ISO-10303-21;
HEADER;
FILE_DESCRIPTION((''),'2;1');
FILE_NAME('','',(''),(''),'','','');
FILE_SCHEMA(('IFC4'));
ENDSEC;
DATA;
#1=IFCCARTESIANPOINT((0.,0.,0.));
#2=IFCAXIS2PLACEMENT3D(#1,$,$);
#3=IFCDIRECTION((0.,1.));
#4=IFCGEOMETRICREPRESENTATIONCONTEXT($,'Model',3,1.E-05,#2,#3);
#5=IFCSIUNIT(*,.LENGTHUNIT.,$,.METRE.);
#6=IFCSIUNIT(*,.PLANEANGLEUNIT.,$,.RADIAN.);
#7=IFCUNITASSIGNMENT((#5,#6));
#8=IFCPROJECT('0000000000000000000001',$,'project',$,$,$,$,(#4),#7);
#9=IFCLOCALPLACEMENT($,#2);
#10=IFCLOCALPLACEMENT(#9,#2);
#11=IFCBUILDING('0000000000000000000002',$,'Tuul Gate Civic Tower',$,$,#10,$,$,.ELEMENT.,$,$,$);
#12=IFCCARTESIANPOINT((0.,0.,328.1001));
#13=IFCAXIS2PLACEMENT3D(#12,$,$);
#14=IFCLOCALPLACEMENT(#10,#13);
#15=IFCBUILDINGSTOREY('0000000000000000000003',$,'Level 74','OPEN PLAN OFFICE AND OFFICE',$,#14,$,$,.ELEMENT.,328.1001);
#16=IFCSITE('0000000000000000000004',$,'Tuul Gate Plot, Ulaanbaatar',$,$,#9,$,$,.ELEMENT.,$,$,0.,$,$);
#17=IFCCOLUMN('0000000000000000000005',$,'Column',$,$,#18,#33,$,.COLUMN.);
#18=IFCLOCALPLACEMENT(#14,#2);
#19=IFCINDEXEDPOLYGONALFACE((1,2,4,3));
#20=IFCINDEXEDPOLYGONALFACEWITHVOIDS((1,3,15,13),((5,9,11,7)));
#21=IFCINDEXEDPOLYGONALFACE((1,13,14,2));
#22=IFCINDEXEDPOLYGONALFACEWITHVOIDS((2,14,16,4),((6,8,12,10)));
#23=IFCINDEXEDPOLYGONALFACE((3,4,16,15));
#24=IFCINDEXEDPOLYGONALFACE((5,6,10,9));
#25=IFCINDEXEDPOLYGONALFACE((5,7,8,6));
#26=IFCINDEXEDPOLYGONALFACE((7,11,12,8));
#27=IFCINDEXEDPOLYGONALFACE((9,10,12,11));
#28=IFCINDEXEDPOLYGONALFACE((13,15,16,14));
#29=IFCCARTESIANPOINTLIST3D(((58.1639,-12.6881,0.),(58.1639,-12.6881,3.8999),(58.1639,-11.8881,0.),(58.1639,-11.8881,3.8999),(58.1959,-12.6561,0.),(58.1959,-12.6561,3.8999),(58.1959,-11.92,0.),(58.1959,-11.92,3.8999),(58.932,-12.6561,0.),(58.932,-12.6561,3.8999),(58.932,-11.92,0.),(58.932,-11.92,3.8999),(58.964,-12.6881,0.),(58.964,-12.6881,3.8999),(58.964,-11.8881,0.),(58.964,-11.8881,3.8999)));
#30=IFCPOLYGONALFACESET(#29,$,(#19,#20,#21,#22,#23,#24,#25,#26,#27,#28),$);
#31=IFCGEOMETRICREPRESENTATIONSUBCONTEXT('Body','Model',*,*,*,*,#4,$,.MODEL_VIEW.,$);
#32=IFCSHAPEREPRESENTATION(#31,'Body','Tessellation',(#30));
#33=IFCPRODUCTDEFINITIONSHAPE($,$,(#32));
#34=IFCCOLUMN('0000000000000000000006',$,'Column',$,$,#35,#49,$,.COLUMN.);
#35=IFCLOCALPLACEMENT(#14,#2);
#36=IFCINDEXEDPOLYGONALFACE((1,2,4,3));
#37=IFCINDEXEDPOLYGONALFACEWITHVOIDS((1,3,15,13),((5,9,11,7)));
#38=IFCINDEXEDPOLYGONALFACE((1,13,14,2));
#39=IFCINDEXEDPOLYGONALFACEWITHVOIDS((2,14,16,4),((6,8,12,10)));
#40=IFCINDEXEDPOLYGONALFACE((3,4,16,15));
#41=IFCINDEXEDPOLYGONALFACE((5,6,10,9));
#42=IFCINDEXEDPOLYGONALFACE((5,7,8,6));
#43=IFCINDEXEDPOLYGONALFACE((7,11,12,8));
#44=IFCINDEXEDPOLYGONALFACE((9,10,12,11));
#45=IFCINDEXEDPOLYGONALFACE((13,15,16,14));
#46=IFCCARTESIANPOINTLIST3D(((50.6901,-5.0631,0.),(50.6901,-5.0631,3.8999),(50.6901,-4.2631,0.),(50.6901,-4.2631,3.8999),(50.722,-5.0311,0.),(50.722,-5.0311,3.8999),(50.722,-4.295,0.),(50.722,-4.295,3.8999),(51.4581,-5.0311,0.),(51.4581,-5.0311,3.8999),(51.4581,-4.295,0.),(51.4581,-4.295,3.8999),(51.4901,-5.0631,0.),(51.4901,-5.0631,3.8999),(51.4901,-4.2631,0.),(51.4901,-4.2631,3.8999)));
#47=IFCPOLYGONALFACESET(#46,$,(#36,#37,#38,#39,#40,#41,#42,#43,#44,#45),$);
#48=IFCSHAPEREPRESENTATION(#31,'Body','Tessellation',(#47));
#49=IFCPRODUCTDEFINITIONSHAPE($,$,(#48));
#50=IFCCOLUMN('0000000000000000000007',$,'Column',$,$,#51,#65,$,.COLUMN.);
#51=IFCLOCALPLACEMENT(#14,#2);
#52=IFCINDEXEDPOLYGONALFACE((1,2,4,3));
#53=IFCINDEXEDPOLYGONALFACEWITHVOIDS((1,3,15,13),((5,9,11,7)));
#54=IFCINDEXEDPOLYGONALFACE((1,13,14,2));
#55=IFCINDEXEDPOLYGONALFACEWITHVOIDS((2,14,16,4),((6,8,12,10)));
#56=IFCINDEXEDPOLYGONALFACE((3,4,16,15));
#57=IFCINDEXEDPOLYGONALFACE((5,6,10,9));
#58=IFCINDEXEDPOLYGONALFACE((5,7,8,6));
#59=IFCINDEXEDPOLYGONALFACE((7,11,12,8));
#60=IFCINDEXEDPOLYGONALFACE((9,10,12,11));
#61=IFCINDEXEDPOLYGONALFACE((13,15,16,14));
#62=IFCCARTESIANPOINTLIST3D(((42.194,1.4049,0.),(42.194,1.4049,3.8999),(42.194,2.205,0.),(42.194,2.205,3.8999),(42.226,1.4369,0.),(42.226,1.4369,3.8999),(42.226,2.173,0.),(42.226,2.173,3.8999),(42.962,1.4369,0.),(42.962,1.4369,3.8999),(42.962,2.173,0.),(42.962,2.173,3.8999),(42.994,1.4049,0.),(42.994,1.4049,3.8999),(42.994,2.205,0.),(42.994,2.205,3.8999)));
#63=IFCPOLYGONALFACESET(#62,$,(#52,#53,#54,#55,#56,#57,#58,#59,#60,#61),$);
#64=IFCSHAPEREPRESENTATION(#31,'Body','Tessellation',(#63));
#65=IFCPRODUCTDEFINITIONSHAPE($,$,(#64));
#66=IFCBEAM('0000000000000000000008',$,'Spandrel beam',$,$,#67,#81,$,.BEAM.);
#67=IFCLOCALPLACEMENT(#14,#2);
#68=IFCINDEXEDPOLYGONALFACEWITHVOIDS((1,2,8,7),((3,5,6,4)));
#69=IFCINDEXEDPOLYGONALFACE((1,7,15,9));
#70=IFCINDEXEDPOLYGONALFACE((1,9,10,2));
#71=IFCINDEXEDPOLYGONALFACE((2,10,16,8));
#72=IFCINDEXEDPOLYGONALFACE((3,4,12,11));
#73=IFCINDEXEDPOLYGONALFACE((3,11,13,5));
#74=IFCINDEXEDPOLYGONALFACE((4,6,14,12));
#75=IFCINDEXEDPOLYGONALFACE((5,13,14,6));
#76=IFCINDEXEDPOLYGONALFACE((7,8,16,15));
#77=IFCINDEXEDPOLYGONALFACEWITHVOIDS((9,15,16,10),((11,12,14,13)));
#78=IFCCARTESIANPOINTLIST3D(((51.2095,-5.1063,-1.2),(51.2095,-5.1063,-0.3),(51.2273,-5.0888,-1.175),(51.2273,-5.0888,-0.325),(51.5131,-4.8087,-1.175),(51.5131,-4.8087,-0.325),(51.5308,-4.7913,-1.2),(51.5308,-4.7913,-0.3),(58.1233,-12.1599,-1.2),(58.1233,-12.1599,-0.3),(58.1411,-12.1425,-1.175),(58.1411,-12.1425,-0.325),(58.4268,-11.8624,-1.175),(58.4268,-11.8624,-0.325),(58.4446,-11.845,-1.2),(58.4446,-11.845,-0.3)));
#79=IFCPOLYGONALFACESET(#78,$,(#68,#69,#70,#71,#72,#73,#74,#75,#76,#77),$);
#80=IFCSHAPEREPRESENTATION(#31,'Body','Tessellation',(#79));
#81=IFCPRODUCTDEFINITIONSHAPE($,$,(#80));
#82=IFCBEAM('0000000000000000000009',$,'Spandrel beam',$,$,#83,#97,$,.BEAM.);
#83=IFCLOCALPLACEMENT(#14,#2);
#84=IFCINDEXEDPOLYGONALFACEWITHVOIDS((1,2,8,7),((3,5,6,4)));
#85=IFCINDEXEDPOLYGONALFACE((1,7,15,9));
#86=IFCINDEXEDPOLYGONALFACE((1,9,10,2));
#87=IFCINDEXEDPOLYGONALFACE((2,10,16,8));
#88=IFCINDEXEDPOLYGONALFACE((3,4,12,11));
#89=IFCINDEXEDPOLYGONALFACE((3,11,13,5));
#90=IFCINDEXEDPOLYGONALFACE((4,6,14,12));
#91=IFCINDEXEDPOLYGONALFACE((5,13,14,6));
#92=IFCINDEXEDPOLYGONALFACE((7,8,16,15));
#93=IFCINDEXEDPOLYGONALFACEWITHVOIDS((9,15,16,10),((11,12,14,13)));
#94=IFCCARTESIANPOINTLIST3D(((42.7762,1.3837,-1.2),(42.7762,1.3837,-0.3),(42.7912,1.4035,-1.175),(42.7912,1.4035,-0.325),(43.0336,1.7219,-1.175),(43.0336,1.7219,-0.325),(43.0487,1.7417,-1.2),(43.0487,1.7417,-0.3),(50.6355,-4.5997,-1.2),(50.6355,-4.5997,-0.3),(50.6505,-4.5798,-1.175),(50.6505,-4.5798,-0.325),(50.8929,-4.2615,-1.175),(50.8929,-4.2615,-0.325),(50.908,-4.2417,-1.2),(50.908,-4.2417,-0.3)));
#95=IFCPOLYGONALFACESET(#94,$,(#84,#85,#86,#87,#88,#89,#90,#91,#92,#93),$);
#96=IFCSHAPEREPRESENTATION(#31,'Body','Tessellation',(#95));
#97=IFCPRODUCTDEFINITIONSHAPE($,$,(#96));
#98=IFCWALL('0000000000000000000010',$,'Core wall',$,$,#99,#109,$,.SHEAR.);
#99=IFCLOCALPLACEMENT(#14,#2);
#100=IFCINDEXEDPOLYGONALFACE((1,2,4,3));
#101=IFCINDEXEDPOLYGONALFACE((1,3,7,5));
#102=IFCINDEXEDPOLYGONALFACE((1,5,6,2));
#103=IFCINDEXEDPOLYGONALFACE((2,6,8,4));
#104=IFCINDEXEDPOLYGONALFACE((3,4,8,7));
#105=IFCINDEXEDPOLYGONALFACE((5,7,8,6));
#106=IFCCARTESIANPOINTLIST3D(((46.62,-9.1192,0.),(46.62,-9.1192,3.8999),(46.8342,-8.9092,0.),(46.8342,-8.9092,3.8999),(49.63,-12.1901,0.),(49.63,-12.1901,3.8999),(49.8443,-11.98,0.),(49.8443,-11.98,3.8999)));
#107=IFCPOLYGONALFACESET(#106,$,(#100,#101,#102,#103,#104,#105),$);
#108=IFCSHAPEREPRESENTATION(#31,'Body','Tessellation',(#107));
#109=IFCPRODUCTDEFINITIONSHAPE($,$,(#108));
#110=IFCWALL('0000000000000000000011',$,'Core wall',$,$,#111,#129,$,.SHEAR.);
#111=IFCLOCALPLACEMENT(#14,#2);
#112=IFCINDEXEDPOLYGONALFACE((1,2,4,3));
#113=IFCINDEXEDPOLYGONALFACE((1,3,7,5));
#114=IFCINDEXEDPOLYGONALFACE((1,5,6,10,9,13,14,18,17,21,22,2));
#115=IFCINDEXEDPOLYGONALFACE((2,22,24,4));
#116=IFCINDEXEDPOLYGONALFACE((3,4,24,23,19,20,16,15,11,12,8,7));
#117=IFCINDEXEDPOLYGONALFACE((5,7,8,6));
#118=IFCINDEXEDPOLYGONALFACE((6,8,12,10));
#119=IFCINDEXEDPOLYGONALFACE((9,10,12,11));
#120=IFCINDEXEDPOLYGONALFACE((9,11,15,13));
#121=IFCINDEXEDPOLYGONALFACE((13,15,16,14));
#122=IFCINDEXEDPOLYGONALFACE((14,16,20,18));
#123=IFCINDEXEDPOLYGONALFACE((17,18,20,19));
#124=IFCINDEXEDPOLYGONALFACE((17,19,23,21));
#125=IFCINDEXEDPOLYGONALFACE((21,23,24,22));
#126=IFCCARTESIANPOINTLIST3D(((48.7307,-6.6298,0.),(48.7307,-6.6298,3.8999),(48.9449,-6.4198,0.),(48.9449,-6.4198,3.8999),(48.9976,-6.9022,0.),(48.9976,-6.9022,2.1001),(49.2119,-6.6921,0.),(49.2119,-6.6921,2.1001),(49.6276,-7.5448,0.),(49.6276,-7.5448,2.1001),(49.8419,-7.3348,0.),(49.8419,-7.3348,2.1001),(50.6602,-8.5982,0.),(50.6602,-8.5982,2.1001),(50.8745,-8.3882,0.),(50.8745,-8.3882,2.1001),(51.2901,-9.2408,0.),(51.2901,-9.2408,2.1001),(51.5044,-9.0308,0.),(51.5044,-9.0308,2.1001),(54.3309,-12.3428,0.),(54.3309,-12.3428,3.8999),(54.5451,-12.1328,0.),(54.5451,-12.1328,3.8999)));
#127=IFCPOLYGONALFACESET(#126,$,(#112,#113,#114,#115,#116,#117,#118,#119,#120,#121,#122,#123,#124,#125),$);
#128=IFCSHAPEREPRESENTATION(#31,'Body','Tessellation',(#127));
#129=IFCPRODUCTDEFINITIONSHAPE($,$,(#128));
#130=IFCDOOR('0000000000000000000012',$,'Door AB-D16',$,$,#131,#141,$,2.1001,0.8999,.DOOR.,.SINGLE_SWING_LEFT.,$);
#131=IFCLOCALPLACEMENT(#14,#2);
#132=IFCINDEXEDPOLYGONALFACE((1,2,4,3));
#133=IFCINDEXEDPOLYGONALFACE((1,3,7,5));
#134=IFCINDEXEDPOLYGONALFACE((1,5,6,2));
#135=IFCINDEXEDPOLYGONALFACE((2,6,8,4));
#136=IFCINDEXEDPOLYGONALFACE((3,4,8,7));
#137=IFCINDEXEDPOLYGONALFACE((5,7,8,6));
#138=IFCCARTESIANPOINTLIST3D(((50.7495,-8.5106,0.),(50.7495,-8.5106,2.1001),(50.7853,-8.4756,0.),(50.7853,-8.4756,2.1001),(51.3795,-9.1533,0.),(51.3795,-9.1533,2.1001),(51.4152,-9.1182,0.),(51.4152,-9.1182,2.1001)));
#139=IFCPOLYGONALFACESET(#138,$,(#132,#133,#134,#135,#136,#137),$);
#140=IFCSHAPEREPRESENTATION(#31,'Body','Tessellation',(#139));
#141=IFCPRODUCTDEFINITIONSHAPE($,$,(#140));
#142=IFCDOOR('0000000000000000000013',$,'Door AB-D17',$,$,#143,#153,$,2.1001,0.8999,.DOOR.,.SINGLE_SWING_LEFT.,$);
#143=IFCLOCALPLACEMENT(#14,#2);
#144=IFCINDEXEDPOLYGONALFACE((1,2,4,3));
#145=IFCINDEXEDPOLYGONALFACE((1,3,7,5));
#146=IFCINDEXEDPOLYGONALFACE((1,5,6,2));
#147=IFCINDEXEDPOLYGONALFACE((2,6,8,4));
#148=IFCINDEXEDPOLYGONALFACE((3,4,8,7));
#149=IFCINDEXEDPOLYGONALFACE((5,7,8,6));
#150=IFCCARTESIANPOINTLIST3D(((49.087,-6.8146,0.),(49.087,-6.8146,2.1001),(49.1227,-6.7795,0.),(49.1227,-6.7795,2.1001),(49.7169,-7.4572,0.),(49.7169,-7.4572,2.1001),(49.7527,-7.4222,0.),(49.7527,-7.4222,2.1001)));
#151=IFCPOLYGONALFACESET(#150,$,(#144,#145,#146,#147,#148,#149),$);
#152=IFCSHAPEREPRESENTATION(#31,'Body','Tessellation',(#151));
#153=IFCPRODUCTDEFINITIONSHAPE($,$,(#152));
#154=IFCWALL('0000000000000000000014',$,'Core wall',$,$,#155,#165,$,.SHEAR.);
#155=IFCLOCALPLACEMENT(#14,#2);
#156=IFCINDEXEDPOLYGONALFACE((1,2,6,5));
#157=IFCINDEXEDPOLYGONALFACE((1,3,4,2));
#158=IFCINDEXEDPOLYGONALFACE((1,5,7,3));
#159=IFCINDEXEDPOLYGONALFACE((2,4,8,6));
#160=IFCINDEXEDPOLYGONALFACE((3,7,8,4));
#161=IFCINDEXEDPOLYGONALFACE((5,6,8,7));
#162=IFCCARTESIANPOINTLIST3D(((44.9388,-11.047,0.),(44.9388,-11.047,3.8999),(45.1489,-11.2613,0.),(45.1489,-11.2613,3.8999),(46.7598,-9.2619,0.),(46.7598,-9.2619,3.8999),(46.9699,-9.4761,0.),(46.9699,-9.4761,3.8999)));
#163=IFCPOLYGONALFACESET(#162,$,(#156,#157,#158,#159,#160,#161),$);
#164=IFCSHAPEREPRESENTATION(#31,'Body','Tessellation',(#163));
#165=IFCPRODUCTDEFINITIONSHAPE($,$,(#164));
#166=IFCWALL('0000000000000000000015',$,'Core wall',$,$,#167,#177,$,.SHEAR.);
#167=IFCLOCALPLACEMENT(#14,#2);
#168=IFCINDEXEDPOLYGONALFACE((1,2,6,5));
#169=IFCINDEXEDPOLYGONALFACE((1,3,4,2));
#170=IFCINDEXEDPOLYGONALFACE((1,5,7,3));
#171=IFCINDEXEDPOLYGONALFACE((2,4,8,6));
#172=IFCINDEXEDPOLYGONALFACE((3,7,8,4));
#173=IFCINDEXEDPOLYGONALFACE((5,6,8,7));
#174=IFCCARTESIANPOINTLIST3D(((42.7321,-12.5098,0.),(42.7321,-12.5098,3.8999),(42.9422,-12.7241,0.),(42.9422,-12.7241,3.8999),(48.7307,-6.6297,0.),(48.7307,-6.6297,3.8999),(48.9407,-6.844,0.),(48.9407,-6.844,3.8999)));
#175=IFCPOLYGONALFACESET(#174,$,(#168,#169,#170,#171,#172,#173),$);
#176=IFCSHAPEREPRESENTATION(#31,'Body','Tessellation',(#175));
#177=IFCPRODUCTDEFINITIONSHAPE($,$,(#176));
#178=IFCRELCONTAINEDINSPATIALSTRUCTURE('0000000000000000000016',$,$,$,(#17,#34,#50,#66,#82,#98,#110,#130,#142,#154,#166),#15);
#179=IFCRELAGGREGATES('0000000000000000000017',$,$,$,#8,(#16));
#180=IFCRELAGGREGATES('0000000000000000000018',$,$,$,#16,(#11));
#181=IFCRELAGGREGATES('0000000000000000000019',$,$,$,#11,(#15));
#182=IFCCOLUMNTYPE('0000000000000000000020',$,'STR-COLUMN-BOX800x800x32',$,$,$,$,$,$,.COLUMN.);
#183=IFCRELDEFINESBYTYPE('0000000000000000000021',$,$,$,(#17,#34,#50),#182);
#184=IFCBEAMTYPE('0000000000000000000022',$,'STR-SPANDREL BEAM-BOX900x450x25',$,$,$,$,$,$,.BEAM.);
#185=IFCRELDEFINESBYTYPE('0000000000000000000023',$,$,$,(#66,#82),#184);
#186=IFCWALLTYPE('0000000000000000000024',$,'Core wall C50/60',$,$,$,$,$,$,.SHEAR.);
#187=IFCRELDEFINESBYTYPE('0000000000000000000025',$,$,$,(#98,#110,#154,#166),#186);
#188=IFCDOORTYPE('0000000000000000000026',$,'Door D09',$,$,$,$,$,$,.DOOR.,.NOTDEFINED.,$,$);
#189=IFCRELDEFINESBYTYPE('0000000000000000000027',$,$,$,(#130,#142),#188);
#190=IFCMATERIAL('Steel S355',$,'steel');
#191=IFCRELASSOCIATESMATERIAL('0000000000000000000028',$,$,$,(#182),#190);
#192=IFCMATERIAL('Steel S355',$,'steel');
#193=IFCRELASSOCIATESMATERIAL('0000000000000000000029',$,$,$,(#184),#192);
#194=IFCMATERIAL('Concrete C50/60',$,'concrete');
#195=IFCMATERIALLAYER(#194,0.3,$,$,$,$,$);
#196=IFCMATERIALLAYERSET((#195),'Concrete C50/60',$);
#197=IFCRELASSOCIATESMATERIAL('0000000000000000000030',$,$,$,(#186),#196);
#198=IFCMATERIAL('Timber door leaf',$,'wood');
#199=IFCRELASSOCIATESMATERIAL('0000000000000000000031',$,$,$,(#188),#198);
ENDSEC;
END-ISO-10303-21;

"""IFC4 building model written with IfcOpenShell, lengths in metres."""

from ifc_helpers import new_model, si_unit, direction, frame, frame_2d, origin, origin_2d, place, context, subcontext, project, spatial, rectangle, hollow_rectangle, extrude, material, layer, layer_set, material_profile, profile_set, type_object, element, fill, save


model = new_model("IFC4")

# Units and contexts
model_context = context("Model", 3, precision=1e-05, world=origin(), true_north=direction((0.0, 1.0)))
body_context = subcontext(model_context, "Body", "Model", "MODEL_VIEW")
ifc_project = project(units=[si_unit("LENGTHUNIT", "METRE"), si_unit("PLANEANGLEUNIT", "RADIAN")], contexts=[model_context])

# Site, building, storey
site_placement = place(None, origin())
site = spatial("IfcSite", under=ifc_project, at=site_placement, Name="Tuul Gate Plot, Ulaanbaatar", CompositionType="ELEMENT", RefElevation=0.0)
building_placement = place(site_placement, origin())
building = spatial("IfcBuilding", under=site, at=building_placement, Name="Tuul Gate Civic Tower", CompositionType="ELEMENT")
storey_placement = place(building_placement, frame((0.0, 0.0, 328.1001)))
storey = spatial("IfcBuildingStorey", under=building, at=storey_placement, Name="Level 74", Description="OPEN PLAN OFFICE AND OFFICE", CompositionType="ELEMENT", Elevation=328.1001)

# Columns
ifc_material_1 = material(Name="Steel S355", Category="steel")
ifc_material_profile_1 = material_profile(ifc_material_1, hollow_rectangle(XDim=0.8, YDim=0.8, WallThickness=0.032, at=origin_2d()), Name="BOX800x800x32")
ifc_profile_set_1 = profile_set([ifc_material_profile_1], Name="Steel S355")
column_type = type_object("IfcColumnType", Name="STR-COLUMN-BOX800x800x32", PredefinedType="COLUMN", material=ifc_profile_set_1)
for number, where, z_axis, x_axis, name in (
    (1, (58.564, -12.2881, 0.0), (0.0, 0.0, 1.0), (1.0, 0.0, 0.0), "Column"),
    (2, (51.0901, -4.6631, 0.0), (0.0, 0.0, 1.0), (1.0, 0.0, 0.0), "Column"),
    (3, (42.594, 1.8049, 0.0), (0.0, 0.0, 1.0), (1.0, 0.0, 0.0), "Column"),
):
    element("IfcColumn", number, at=place(storey_placement, frame(where, z_axis=z_axis, x_axis=x_axis)), inside=storey, type_object=column_type, Name=name, PredefinedType="COLUMN", context=body_context, shape_type="SweptSolid", body=[
        extrude(hollow_rectangle(XDim=0.8, YDim=0.8, WallThickness=0.032, at=origin_2d()), origin(), (0.0, 0.0, 1.0), 3.8999),
    ])

# Beams
ifc_material_2 = material(Name="Steel S355", Category="steel")
ifc_material_profile_2 = material_profile(ifc_material_2, hollow_rectangle(XDim=0.45, YDim=0.8999, WallThickness=0.0249, at=origin_2d()), Name="BOX900x450x25")
ifc_profile_set_2 = profile_set([ifc_material_profile_2], Name="Steel S355")
beam_type = type_object("IfcBeamType", Name="STR-SPANDREL BEAM-BOX900x450x25", PredefinedType="BEAM", material=ifc_profile_set_2)
beam_1_placement = place(storey_placement, frame((58.2839, -12.0024, -0.75), z_axis=(-0.69999, 0.714153, 0.0), x_axis=(-0.714153, -0.69999, 0.0)))
element("IfcBeam", 4, at=beam_1_placement, inside=storey, type_object=beam_type, Name="Spandrel beam", PredefinedType="BEAM", context=body_context, shape_type="SweptSolid", body=[
    extrude(hollow_rectangle(XDim=0.45, YDim=0.8999, WallThickness=0.0249, at=origin_2d()), origin(), (0.0, 0.0, 1.0), 9.877),
])
beam_2_placement = place(storey_placement, frame((50.7717, -4.4207, -0.75), z_axis=(-0.795661, 0.605742, 0.0), x_axis=(-0.605742, -0.795661, 0.0)))
element("IfcBeam", 5, at=beam_2_placement, inside=storey, type_object=beam_type, Name="Spandrel beam", PredefinedType="BEAM", context=body_context, shape_type="SweptSolid", body=[
    extrude(hollow_rectangle(XDim=0.45, YDim=0.8999, WallThickness=0.0249, at=origin_2d()), origin(), (0.0, 0.0, 1.0), 9.8777),
])

# Wall
ifc_material_3 = material(Name="Concrete C50/60", Category="concrete")
ifc_layer_1 = layer(ifc_material_3, 0.3)
ifc_layer_set_1 = layer_set([ifc_layer_1], Name="Concrete C50/60")
wall_type_1 = type_object("IfcWallType", Name="Core wall C50/60", PredefinedType="SHEAR", material=ifc_layer_set_1)
wall_1_placement = place(storey_placement, frame((49.7371, -12.085, 0.0), z_axis=(0.0, 0.0, 1.0), x_axis=(-0.700003, 0.71414, 0.0)))
element("IfcWall", 6, at=wall_1_placement, inside=storey, type_object=wall_type_1, Name="Core wall", PredefinedType="SHEAR", context=body_context, shape_type="SweptSolid", body=[
    extrude(rectangle(XDim=4.3, YDim=0.3, at=frame_2d((2.1499, 0.0))), origin(), (0.0, 0.0, 1.0), 3.8999),
])

# Wall, openings, doors
wall_2_placement = place(storey_placement, frame((54.438, -12.2378, 0.0), z_axis=(0.0, 0.0, 1.0), x_axis=(-0.700022, 0.714121, 0.0)))
wall_2 = element("IfcWall", 7, at=wall_2_placement, inside=storey, type_object=wall_type_1, Name="Core wall", PredefinedType="SHEAR", context=body_context, shape_type="SweptSolid", body=[
    extrude(rectangle(XDim=8.0, YDim=0.3, at=frame_2d((4.0, 0.0))), origin(), (0.0, 0.0, 1.0), 3.8999),
])
opening_1_placement = place(wall_2_placement, frame((4.3438, 0.0, 0.0)))
opening_1 = element("IfcOpeningElement", 8, at=opening_1_placement, cuts=wall_2, PredefinedType="OPENING", context=body_context, shape_type="SweptSolid", body=[
    extrude(rectangle(XDim=0.8999, YDim=2.1001, at=frame_2d((0.45, 1.05))), frame((0.0, 0.1602, 0.0), z_axis=(0.0, -1.0, 0.0), x_axis=(1.0, 0.0, 0.0)), (0.0, 0.0, 1.0), 0.3201),
])
opening_2_placement = place(wall_2_placement, frame((6.7188, 0.0, 0.0)))
opening_2 = element("IfcOpeningElement", 9, at=opening_2_placement, cuts=wall_2, PredefinedType="OPENING", context=body_context, shape_type="SweptSolid", body=[
    extrude(rectangle(XDim=0.8999, YDim=2.1001, at=frame_2d((0.45, 1.05))), frame((0.0, 0.1602, 0.0), z_axis=(0.0, -1.0, 0.0), x_axis=(1.0, 0.0, 0.0)), (0.0, 0.0, 1.0), 0.3201),
])
ifc_material_4 = material(Name="Timber door leaf", Category="wood")
door_type = type_object("IfcDoorType", Name="Door D09", OperationType="NOTDEFINED", PredefinedType="DOOR", material=ifc_material_4)
door_1_placement = place(opening_1_placement, origin())
door_1 = element("IfcDoor", 10, at=door_1_placement, inside=storey, type_object=door_type, Name="Door AB-D16", OperationType="SINGLE_SWING_LEFT", OverallHeight=2.1001, OverallWidth=0.8999, PredefinedType="DOOR", context=body_context, shape_type="SweptSolid", body=[
    extrude(rectangle(XDim=0.8999, YDim=2.1001, at=frame_2d((0.45, 1.05))), frame((0.0, 0.0249, 0.0), z_axis=(0.0, -1.0, 0.0), x_axis=(1.0, 0.0, 0.0)), (0.0, 0.0, 1.0), 0.05),
])
fill(opening_1, door_1)
door_2_placement = place(opening_2_placement, origin())
door_2 = element("IfcDoor", 11, at=door_2_placement, inside=storey, type_object=door_type, Name="Door AB-D17", OperationType="SINGLE_SWING_LEFT", OverallHeight=2.1001, OverallWidth=0.8999, PredefinedType="DOOR", context=body_context, shape_type="SweptSolid", body=[
    extrude(rectangle(XDim=0.8999, YDim=2.1001, at=frame_2d((0.45, 1.05))), frame((0.0, 0.0249, 0.0), z_axis=(0.0, -1.0, 0.0), x_axis=(1.0, 0.0, 0.0)), (0.0, 0.0, 1.0), 0.05),
])
fill(opening_2, door_2)

# Walls
wall_3_placement = place(storey_placement, frame((45.0439, -11.1541, 0.0), z_axis=(0.0, 0.0, 1.0), x_axis=(0.714108, 0.700035, 0.0)))
element("IfcWall", 12, at=wall_3_placement, inside=storey, type_object=wall_type_1, Name="Core wall", PredefinedType="SHEAR", context=body_context, shape_type="SweptSolid", body=[
    extrude(rectangle(XDim=2.55, YDim=0.3, at=frame_2d((1.2749, 0.0))), origin(), (0.0, 0.0, 1.0), 3.8999),
])
wall_4_placement = place(storey_placement, frame((42.8372, -12.6169, 0.0), z_axis=(0.0, 0.0, 1.0), x_axis=(0.71412, 0.700023, 0.0)))
element("IfcWall", 13, at=wall_4_placement, inside=storey, type_object=wall_type_1, Name="Core wall", PredefinedType="SHEAR", context=body_context, shape_type="SweptSolid", body=[
    extrude(rectangle(XDim=8.3999, YDim=0.3, at=frame_2d((4.2, 0.0))), origin(), (0.0, 0.0, 1.0), 3.8999),
])

save(model, "model.ifc")
